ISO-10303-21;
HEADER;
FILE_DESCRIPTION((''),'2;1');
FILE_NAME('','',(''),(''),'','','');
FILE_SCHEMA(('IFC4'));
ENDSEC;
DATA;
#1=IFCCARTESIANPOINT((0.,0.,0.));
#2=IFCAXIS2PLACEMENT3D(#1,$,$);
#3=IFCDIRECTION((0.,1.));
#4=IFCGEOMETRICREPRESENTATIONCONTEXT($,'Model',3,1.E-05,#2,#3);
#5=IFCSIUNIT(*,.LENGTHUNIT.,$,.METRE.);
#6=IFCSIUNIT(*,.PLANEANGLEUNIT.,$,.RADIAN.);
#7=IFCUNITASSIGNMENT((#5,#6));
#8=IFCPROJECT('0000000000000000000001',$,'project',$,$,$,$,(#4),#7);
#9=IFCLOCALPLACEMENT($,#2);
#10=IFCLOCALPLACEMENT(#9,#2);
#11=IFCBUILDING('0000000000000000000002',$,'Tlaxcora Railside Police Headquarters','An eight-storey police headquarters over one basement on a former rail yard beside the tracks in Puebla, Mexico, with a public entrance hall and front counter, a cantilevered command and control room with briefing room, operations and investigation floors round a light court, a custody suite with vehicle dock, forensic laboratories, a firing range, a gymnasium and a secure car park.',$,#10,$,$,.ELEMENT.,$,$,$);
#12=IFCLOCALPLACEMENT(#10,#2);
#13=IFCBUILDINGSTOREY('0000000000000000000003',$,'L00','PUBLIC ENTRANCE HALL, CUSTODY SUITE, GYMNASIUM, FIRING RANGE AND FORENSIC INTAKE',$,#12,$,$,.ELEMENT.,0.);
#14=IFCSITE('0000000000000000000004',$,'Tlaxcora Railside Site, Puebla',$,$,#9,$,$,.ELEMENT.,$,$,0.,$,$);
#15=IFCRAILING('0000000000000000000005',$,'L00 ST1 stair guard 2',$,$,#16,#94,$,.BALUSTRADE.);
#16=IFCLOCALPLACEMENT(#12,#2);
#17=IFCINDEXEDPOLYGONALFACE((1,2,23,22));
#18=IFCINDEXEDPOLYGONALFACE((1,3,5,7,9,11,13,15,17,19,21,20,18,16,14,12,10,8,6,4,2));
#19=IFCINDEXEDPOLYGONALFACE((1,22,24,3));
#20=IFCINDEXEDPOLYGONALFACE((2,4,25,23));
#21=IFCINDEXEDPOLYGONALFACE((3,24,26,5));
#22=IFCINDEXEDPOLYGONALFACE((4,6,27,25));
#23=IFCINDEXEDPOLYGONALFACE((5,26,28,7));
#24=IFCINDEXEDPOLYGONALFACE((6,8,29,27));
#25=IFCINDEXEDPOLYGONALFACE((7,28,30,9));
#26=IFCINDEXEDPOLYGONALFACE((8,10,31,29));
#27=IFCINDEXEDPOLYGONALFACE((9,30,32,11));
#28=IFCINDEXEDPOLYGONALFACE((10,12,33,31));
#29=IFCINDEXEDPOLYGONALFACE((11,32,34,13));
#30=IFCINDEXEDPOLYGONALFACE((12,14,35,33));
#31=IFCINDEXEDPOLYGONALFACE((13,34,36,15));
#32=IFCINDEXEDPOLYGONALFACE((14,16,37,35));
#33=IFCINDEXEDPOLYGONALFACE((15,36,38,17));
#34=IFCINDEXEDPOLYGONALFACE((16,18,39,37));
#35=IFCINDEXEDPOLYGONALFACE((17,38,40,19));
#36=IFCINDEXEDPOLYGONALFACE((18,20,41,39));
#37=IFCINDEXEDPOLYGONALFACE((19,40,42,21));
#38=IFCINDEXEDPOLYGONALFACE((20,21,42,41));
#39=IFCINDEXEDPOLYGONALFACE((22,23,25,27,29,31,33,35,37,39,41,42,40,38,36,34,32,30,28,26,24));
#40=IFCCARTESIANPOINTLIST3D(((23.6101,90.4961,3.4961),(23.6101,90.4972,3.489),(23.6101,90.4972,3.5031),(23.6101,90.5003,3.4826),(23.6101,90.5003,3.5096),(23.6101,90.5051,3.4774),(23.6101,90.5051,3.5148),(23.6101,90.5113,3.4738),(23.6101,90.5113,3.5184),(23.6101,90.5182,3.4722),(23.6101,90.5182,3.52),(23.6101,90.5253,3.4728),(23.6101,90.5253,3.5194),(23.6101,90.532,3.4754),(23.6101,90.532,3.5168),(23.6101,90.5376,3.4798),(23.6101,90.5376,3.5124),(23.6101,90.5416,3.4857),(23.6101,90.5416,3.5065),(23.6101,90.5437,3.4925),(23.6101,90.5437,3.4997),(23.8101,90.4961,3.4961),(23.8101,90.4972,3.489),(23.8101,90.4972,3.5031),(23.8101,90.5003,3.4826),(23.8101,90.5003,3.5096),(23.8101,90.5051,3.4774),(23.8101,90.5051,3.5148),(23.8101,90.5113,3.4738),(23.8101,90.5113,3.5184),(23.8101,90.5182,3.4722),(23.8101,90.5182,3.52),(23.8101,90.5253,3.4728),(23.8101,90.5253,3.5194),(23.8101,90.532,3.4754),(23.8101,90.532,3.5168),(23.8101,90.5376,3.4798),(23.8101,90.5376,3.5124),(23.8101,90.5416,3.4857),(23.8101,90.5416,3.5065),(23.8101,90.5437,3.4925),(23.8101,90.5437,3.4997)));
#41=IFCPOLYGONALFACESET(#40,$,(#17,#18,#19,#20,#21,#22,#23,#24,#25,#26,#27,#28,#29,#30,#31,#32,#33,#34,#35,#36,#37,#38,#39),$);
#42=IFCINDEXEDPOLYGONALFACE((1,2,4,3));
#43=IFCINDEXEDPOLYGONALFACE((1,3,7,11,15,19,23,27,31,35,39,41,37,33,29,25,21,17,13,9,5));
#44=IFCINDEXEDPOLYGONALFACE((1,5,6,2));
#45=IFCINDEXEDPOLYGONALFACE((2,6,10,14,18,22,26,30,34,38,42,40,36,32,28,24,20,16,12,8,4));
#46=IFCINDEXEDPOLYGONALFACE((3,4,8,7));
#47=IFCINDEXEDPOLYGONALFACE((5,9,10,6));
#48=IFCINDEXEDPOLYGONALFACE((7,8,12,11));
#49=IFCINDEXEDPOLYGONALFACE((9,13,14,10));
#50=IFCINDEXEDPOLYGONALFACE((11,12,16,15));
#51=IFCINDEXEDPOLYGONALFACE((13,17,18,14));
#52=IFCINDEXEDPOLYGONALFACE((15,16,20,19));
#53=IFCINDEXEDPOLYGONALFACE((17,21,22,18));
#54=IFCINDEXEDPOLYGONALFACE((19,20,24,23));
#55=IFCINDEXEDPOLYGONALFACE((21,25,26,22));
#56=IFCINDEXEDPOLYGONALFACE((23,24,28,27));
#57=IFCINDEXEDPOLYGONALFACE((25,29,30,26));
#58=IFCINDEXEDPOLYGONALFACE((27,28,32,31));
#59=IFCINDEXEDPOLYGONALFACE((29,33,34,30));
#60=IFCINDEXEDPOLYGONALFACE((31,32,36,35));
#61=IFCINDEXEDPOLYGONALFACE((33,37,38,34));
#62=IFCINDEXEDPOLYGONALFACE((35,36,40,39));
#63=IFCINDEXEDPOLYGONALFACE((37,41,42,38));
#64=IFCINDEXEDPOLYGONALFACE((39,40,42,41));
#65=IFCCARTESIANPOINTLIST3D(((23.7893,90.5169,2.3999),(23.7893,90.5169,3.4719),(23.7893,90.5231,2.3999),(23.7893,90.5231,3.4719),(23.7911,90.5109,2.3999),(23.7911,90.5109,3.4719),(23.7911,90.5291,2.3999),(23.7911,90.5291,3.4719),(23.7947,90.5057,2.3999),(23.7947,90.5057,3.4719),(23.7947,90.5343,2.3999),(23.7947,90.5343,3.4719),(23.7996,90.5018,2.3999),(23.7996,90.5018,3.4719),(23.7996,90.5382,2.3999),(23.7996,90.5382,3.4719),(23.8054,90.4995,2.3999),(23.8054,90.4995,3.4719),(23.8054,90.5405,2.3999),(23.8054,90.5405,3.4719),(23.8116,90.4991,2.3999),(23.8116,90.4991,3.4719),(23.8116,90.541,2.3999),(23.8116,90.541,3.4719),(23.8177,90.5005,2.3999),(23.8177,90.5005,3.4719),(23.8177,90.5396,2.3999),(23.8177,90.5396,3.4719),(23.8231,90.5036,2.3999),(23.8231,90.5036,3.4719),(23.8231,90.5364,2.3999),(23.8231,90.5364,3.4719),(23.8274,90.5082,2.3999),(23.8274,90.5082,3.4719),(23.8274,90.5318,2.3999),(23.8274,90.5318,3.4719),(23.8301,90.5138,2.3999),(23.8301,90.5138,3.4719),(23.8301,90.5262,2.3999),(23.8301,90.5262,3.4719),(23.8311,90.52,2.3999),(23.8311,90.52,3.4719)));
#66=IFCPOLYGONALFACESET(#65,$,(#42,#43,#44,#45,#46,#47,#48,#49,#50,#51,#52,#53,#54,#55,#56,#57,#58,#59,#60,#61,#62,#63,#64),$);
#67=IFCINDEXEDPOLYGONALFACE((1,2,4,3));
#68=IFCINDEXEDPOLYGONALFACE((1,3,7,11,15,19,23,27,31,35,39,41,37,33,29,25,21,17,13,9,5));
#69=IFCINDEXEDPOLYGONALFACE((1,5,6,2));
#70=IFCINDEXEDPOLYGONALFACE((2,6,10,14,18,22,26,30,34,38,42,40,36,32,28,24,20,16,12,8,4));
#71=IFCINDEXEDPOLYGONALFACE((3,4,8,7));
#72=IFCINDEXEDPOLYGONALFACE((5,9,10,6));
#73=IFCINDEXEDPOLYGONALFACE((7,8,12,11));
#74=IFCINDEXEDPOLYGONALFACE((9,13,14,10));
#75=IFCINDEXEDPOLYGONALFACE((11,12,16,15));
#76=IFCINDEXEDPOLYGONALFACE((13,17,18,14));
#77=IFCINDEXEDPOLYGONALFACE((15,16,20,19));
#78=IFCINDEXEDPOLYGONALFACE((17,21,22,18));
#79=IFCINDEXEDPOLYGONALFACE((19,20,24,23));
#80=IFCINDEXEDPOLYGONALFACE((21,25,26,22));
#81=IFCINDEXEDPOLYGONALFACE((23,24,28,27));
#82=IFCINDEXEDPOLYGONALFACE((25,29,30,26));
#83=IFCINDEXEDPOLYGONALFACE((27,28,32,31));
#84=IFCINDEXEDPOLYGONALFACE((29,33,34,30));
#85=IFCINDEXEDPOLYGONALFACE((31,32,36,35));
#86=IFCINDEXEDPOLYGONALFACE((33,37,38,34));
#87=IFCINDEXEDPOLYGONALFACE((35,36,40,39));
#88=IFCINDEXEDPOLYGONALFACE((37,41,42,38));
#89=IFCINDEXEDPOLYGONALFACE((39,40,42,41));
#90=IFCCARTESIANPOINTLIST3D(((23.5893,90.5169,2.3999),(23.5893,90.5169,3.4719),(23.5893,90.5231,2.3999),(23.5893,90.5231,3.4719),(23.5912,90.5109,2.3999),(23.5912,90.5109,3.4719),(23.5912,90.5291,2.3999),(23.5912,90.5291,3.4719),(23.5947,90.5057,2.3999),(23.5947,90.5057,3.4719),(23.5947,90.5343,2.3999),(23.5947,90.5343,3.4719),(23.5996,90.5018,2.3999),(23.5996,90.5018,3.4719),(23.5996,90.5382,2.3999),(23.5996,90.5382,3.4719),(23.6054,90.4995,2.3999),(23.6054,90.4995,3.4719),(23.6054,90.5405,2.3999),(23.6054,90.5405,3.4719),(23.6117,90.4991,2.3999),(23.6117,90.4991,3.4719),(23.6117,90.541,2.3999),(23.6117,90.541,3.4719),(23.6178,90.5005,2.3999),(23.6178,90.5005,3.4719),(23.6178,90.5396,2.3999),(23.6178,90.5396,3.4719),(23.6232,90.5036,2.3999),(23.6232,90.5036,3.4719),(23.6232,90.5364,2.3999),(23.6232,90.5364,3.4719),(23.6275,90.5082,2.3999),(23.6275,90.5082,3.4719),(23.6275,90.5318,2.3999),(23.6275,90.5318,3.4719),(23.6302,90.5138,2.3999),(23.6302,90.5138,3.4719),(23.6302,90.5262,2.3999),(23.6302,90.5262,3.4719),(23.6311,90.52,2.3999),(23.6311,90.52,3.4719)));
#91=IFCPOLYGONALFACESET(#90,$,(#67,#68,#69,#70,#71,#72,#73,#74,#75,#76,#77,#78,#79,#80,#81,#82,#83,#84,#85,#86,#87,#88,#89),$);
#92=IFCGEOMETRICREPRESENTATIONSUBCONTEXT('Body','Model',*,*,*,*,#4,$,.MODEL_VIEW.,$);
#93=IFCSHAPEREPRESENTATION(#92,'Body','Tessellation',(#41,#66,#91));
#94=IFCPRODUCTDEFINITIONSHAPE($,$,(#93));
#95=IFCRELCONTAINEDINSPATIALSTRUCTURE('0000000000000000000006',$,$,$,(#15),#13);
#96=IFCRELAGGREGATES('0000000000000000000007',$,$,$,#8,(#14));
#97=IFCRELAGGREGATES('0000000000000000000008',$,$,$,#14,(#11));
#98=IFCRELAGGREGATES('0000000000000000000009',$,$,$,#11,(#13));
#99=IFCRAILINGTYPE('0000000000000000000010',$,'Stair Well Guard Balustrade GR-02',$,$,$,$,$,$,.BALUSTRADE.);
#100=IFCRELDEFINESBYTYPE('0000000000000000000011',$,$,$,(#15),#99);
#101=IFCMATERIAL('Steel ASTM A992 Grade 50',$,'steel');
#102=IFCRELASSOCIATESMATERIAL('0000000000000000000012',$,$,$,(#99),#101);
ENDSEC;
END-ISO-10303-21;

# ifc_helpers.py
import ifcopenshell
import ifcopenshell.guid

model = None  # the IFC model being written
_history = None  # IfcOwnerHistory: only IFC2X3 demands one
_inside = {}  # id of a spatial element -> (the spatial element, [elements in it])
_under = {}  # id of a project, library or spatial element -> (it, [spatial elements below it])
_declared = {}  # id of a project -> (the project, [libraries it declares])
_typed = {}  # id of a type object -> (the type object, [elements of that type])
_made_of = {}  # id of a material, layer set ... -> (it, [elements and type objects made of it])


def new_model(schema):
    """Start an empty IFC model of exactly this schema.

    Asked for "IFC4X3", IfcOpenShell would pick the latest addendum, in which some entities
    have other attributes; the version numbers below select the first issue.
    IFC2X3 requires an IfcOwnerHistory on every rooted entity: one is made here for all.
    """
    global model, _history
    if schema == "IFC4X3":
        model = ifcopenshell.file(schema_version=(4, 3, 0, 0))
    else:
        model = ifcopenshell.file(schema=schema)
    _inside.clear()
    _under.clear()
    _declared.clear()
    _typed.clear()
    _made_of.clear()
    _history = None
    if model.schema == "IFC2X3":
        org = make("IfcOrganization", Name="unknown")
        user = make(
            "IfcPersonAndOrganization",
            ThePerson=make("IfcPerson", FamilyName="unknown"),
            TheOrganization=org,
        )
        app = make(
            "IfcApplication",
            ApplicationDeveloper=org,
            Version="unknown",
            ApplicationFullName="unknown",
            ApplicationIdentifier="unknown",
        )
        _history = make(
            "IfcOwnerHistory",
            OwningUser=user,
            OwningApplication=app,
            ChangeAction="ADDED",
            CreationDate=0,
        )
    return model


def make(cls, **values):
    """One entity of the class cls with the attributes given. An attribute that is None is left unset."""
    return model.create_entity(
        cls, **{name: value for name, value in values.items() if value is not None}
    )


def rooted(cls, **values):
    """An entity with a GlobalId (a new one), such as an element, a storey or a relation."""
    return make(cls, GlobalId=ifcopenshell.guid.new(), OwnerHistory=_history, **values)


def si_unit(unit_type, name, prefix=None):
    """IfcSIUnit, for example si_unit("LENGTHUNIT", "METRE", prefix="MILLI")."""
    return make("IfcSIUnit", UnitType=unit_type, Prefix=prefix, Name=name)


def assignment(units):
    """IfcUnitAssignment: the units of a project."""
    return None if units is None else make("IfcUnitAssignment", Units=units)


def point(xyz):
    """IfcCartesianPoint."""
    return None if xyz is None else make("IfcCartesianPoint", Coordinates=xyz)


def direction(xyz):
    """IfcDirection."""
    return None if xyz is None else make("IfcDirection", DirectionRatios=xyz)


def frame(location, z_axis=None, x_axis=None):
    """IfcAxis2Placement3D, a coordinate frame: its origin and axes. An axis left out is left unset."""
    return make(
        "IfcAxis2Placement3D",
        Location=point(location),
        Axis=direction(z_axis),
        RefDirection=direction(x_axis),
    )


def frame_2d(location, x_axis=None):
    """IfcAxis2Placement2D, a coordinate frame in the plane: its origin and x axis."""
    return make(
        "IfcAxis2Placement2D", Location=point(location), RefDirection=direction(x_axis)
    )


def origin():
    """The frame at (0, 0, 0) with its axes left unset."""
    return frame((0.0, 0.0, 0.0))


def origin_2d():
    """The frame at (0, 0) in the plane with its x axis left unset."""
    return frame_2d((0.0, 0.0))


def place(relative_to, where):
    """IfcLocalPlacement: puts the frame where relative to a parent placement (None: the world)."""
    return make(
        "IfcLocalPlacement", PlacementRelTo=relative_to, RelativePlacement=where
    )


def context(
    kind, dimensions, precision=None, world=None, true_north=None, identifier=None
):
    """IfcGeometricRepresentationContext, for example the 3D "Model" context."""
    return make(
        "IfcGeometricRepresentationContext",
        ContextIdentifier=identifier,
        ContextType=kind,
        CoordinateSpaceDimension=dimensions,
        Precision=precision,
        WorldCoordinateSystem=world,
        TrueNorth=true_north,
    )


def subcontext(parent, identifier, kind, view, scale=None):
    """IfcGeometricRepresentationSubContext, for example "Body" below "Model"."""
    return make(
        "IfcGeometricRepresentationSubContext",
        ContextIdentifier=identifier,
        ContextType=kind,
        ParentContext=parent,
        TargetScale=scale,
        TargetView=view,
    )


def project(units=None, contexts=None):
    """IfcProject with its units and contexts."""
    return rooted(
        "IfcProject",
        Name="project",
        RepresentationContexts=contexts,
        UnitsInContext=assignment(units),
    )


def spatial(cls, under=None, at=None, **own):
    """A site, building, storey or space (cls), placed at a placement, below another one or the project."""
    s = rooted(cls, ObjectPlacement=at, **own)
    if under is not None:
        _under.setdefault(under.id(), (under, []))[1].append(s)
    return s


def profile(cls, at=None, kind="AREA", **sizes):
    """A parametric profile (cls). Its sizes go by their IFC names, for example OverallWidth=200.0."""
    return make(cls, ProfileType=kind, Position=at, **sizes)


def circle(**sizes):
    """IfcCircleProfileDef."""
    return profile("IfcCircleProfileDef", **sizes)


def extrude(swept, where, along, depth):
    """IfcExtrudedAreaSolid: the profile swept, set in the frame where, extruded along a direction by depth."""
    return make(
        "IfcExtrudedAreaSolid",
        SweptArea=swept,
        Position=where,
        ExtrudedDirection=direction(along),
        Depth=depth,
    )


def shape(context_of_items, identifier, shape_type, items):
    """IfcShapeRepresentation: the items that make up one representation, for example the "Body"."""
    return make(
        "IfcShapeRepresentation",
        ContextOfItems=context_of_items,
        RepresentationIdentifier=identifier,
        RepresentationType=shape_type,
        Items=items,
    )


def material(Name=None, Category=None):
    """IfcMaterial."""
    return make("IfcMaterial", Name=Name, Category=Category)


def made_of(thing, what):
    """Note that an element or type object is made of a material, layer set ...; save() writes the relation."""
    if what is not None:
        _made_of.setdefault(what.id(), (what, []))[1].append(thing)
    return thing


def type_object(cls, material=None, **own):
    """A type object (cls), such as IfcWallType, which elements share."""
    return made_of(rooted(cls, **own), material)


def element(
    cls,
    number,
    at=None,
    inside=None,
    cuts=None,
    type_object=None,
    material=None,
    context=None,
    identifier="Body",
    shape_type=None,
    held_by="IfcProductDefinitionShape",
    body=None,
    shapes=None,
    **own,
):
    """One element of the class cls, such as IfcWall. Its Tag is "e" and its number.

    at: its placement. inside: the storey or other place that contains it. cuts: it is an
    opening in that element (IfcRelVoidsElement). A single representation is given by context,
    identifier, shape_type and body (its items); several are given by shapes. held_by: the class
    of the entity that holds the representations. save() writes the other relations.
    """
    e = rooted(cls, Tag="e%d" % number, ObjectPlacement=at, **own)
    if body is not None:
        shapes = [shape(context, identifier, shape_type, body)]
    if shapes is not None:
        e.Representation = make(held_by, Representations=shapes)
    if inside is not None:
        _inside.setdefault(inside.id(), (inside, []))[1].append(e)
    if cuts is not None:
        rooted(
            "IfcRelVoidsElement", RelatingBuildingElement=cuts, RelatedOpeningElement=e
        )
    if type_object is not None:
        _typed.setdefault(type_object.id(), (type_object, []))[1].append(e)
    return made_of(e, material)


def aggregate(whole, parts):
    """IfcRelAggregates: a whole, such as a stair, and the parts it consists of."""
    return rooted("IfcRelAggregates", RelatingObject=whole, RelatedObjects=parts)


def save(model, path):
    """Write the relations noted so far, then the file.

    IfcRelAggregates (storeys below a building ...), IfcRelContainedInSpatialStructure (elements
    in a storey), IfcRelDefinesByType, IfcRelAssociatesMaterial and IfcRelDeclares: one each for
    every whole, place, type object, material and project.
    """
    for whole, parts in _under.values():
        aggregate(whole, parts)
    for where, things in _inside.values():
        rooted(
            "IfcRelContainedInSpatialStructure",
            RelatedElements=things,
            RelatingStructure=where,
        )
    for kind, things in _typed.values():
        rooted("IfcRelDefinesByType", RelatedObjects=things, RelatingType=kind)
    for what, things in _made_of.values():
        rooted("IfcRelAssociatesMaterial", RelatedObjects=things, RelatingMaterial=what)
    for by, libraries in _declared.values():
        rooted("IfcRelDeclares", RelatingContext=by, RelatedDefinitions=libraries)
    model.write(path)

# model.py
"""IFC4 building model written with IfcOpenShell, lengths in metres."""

from ifc_helpers import new_model, si_unit, direction, frame, origin, origin_2d, place, context, subcontext, project, spatial, circle, extrude, material, type_object, element, save


model = new_model("IFC4")

# Units and contexts
model_context = context("Model", 3, precision=1e-05, world=origin(), true_north=direction((0.0, 1.0)))
body_context = subcontext(model_context, "Body", "Model", "MODEL_VIEW")
ifc_project = project(units=[si_unit("LENGTHUNIT", "METRE"), si_unit("PLANEANGLEUNIT", "RADIAN")], contexts=[model_context])

# Site, building, storey
site_placement = place(None, origin())
site = spatial("IfcSite", under=ifc_project, at=site_placement, Name="Tlaxcora Railside Site, Puebla", CompositionType="ELEMENT", RefElevation=0.0)
building_placement = place(site_placement, origin())
building = spatial("IfcBuilding", under=site, at=building_placement, Name="Tlaxcora Railside Police Headquarters", Description="An eight-storey police headquarters over one basement on a former rail yard beside the tracks in Puebla, Mexico, with a public entrance hall and front counter, a cantilevered command and control room with briefing room, operations and investigation floors round a light court, a custody suite with vehicle dock, forensic laboratories, a firing range, a gymnasium and a secure car park.", CompositionType="ELEMENT")
storey_placement = place(building_placement, origin())
storey = spatial("IfcBuildingStorey", under=building, at=storey_placement, Name="L00", Description="PUBLIC ENTRANCE HALL, CUSTODY SUITE, GYMNASIUM, FIRING RANGE AND FORENSIC INTAKE", CompositionType="ELEMENT", Elevation=0.0)

# Shared definitions
ifc_material_1 = material(Name="Steel ASTM A992 Grade 50", Category="steel")

# Railing
railing_type_1 = type_object("IfcRailingType", Name="Stair Well Guard Balustrade GR-02", PredefinedType="BALUSTRADE", material=ifc_material_1)
railing_1_placement = place(storey_placement, frame((23.8101, 90.52, 2.3999)))
element("IfcRailing", 1, at=railing_1_placement, inside=storey, type_object=railing_type_1, Name="L00 ST1 stair guard 2", PredefinedType="BALUSTRADE", context=body_context, shape_type="SweptSolid", body=[
    extrude(circle(Radius=0.0239, at=origin_2d()), frame((0.0, 0.0, 1.0962), z_axis=(-1.0, 0.0, 0.0), x_axis=(0.0, -1.0, 0.0)), (0.0, 0.0, 1.0), 0.2),
    extrude(circle(Radius=0.021, at=origin_2d()), origin(), (0.0, 0.0, 1.0), 1.072),
    extrude(circle(Radius=0.021, at=origin_2d()), frame((-0.2, 0.0, 0.0)), (0.0, 0.0, 1.0), 1.072),
])

save(model, "model.ifc")
